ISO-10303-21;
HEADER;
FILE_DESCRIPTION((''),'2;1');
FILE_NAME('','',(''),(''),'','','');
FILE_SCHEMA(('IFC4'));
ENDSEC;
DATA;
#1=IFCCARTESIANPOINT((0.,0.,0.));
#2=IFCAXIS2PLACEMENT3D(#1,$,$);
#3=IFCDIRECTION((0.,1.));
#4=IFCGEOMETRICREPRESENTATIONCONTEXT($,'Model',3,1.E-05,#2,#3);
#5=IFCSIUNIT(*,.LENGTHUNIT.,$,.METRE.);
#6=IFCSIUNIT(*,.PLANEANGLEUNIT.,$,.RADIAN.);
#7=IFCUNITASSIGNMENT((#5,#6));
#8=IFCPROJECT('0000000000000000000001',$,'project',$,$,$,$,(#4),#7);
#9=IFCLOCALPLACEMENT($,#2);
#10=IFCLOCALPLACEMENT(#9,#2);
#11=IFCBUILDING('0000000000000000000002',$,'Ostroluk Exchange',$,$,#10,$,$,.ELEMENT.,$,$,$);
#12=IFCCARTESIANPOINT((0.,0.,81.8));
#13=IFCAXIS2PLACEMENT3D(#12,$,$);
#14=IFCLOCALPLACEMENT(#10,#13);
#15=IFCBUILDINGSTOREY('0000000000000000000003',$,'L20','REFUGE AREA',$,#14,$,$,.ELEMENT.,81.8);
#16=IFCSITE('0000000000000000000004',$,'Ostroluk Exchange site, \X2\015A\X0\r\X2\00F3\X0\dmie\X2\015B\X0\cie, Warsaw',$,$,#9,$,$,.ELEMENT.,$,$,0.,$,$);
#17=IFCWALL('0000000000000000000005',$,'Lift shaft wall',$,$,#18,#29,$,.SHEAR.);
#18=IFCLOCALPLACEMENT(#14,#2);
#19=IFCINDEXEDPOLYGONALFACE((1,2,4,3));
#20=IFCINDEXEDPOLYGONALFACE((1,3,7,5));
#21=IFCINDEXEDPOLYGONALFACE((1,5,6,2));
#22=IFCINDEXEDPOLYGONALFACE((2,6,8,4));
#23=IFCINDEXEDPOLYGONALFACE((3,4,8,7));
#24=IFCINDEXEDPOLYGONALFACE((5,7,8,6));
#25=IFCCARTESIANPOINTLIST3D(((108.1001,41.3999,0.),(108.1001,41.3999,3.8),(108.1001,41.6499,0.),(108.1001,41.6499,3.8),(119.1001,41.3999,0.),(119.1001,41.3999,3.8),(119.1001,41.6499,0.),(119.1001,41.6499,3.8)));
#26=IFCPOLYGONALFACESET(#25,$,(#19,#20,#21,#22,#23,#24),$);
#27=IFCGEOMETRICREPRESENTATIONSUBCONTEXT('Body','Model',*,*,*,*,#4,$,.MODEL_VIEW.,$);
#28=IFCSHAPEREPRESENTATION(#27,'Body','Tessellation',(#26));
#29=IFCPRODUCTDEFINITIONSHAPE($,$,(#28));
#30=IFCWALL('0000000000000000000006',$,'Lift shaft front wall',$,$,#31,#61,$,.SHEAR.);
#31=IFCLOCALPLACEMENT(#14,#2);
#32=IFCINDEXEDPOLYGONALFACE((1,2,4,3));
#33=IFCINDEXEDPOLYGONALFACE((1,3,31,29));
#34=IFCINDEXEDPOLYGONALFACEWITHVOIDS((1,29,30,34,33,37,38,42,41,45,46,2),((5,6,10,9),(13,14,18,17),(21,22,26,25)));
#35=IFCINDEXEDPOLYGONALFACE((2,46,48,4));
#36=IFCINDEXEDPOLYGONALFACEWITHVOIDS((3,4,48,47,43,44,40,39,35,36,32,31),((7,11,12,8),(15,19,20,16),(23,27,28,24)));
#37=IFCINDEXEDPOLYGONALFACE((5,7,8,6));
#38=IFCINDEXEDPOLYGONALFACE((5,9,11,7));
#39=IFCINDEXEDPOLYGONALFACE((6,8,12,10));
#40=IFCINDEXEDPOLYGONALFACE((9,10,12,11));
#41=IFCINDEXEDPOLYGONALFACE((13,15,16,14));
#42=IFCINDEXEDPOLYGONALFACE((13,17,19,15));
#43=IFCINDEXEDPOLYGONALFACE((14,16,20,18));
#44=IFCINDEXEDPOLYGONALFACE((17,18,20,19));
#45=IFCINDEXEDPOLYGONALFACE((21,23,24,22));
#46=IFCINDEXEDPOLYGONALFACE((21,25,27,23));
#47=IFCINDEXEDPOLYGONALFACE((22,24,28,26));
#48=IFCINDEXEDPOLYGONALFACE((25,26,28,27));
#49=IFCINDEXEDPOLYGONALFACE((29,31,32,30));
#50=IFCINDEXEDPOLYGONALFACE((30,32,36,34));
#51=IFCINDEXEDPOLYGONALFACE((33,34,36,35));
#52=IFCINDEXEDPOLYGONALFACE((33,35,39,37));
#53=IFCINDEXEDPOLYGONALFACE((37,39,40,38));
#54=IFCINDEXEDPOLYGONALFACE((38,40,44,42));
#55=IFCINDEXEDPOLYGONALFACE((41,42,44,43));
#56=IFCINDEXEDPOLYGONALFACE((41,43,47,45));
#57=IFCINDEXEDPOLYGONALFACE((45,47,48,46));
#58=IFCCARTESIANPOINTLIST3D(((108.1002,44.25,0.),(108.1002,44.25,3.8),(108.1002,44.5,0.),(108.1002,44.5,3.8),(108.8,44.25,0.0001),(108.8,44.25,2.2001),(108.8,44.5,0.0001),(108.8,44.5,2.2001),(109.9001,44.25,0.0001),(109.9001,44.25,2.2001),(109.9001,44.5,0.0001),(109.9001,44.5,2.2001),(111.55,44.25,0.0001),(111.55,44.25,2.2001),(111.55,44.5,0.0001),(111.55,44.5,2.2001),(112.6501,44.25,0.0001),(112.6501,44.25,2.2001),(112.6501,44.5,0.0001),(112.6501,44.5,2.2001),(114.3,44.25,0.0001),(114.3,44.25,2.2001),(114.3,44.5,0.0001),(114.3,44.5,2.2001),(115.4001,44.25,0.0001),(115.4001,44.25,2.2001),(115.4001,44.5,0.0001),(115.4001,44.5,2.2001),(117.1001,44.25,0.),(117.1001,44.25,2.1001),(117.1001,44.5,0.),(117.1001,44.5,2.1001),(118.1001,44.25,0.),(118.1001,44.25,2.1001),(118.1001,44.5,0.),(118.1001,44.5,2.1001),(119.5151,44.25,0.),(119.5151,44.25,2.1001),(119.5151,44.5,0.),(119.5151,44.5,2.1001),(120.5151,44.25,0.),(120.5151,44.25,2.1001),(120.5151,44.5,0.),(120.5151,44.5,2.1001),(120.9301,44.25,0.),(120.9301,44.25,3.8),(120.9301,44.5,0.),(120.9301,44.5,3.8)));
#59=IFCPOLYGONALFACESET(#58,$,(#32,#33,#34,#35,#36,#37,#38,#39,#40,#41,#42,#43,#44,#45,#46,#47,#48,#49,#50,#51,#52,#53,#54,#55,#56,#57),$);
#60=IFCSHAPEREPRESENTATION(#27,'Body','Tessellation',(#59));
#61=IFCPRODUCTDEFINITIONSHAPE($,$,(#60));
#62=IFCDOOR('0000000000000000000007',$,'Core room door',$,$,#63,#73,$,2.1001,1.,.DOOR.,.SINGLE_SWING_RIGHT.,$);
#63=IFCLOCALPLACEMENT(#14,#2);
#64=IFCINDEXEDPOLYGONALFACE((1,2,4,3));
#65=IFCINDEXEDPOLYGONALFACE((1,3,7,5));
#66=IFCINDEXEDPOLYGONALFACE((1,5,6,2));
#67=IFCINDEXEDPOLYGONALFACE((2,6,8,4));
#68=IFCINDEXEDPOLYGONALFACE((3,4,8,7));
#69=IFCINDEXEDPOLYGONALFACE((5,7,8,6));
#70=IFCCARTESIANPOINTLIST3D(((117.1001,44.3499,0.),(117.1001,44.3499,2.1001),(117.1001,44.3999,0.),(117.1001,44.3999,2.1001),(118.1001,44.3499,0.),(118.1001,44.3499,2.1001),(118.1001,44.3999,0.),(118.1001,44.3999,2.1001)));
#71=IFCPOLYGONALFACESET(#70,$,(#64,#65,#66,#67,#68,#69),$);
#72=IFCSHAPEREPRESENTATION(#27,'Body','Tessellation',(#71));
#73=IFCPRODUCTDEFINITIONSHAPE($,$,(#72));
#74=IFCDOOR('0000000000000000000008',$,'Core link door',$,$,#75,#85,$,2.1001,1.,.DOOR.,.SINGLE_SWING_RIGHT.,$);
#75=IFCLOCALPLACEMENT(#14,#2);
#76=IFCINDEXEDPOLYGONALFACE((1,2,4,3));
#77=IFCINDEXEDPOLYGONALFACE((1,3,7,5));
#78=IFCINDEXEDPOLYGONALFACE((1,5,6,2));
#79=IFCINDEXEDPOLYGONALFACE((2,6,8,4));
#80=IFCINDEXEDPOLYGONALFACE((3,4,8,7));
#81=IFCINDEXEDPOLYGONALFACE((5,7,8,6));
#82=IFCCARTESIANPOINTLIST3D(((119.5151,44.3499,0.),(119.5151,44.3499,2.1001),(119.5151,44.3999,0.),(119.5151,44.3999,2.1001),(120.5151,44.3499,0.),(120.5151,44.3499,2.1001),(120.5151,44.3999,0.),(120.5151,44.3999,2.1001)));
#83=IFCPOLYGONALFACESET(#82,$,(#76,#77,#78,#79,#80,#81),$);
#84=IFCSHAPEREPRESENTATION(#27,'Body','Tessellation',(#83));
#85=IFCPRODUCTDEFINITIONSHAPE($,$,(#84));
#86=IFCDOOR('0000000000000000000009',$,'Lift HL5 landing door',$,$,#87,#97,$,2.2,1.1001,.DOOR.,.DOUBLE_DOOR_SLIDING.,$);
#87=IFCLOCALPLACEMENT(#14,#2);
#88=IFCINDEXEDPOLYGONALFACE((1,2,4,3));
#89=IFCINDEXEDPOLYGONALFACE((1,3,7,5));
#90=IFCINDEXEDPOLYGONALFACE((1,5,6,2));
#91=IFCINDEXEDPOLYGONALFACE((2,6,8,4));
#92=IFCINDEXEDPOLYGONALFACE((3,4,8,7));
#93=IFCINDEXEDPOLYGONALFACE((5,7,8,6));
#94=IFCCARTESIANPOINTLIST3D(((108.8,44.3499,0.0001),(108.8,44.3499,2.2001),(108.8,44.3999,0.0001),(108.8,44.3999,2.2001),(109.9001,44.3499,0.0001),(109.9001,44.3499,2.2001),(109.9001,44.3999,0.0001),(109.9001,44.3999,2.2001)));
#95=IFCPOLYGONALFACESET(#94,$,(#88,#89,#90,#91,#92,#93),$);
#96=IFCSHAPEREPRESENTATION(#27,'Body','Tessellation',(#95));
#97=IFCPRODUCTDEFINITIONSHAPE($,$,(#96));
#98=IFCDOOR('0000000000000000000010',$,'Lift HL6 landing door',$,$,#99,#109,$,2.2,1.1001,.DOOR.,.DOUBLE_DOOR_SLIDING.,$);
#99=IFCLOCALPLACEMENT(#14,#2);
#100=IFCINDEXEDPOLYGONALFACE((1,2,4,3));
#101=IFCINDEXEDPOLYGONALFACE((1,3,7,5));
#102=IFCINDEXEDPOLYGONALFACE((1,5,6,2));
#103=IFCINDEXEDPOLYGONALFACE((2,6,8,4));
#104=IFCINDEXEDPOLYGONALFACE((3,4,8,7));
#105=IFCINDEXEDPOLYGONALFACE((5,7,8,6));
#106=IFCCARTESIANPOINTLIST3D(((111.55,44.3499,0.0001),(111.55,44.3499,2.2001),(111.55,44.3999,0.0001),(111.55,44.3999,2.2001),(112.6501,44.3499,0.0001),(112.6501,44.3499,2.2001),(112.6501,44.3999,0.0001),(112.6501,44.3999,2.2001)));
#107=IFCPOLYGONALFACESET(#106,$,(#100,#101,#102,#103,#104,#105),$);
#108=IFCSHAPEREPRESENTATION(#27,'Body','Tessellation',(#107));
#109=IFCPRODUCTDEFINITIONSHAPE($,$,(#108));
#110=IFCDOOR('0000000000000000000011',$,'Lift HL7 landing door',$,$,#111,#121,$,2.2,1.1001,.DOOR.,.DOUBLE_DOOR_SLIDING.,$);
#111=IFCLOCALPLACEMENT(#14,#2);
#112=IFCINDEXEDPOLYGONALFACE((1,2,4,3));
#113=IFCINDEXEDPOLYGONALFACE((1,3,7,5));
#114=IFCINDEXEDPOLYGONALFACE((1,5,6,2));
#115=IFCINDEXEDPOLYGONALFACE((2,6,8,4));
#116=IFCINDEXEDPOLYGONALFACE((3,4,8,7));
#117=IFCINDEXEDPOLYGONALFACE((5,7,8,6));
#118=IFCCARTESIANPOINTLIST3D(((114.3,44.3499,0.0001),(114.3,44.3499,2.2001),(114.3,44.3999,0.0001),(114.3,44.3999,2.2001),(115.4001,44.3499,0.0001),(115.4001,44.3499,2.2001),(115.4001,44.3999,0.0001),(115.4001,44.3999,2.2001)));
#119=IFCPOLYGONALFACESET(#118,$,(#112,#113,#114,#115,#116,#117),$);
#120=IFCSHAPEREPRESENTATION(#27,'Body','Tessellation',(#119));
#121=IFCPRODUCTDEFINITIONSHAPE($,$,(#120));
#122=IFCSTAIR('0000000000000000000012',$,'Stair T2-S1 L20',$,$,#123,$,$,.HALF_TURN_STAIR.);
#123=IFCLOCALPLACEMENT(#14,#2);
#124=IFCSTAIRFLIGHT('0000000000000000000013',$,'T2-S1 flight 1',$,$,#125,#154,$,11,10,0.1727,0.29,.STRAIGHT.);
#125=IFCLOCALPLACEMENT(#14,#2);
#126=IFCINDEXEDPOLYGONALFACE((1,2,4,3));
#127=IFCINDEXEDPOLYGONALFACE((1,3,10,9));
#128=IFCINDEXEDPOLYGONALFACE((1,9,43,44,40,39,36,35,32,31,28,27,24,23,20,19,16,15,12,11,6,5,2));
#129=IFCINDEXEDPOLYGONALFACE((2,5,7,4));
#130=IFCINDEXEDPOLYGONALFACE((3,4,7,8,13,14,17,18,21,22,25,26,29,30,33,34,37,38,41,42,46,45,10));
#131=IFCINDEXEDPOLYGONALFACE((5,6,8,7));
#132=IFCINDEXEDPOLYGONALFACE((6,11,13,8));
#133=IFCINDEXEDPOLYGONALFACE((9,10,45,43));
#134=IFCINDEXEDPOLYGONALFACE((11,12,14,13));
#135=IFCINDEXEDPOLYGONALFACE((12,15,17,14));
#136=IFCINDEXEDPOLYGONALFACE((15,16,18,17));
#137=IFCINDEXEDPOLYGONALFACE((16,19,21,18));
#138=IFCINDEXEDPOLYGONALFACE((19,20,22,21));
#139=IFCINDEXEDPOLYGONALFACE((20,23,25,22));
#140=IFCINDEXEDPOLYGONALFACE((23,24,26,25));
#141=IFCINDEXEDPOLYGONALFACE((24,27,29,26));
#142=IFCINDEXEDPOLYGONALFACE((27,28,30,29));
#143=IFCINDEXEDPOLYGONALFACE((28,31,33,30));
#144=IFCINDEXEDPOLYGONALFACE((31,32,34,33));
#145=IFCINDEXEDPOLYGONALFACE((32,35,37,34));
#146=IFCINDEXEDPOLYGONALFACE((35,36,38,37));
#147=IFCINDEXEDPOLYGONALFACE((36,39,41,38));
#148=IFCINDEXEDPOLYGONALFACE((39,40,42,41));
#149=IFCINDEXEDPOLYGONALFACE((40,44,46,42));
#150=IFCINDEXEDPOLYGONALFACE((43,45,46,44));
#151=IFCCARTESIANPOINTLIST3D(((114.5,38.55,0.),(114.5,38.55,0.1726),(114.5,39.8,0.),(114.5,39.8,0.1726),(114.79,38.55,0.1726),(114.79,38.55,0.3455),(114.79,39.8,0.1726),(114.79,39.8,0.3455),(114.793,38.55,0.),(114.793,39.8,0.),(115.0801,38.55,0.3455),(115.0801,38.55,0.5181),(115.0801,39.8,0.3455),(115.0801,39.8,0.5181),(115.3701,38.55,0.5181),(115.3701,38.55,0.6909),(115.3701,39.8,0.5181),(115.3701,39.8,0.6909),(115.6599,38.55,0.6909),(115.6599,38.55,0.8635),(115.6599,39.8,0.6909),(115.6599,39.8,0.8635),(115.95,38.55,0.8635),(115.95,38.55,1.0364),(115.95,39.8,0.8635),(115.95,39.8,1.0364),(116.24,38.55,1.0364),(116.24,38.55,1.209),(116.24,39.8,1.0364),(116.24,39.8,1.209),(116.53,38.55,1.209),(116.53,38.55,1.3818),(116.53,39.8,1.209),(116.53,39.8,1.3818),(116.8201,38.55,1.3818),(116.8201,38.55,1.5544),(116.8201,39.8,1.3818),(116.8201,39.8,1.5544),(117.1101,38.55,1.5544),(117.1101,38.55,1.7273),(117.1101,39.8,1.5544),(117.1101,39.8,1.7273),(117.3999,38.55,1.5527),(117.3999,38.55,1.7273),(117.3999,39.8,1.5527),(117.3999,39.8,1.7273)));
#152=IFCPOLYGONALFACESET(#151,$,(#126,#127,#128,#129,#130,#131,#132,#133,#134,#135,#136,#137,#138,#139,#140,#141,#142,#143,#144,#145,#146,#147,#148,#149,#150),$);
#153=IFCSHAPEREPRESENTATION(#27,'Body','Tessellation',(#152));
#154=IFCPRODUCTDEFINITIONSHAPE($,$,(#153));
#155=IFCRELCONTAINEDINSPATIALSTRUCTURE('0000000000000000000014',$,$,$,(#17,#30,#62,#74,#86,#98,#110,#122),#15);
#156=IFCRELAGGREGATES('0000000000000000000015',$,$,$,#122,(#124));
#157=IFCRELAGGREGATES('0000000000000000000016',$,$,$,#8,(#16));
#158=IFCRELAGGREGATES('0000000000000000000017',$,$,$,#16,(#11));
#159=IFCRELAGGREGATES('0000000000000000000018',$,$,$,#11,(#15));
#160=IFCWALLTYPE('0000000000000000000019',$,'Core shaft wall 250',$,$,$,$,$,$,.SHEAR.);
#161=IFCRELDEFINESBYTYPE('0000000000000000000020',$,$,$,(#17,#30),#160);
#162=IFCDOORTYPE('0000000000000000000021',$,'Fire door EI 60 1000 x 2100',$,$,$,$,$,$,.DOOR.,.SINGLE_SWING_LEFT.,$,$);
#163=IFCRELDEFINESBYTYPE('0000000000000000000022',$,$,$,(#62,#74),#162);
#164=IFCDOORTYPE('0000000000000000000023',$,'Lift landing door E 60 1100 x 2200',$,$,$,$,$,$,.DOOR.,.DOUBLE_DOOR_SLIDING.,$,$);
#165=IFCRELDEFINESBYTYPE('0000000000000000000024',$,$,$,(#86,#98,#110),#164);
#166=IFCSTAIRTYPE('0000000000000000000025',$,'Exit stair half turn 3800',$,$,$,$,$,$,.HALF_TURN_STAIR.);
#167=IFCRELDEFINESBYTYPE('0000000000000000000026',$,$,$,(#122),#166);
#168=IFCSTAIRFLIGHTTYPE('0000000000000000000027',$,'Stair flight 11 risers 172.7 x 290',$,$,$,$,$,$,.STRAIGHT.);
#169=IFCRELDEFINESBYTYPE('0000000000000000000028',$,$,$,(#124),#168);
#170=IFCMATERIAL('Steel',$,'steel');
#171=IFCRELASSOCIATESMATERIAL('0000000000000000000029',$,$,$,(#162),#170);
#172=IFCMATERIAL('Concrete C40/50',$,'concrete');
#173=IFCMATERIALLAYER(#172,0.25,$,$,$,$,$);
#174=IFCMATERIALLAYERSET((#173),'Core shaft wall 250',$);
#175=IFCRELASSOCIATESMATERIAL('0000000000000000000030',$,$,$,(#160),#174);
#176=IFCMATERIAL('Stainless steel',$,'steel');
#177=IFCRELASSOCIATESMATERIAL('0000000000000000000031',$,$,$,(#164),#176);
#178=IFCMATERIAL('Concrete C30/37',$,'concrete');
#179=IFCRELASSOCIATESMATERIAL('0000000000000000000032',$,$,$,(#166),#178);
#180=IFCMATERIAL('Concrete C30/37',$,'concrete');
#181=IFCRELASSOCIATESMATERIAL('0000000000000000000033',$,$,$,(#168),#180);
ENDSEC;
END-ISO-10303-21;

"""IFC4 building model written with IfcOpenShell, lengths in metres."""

from ifc_helpers import new_model, si_unit, direction, frame, frame_2d, origin, place, context, subcontext, project, spatial, polyline, rectangle, outline, extrude, material, layer, layer_set, type_object, element, fill, aggregate, save


model = new_model("IFC4")

# Units and contexts
model_context = context("Model", 3, precision=1e-05, world=origin(), true_north=direction((0.0, 1.0)))
body_context = subcontext(model_context, "Body", "Model", "MODEL_VIEW")
ifc_project = project(units=[si_unit("LENGTHUNIT", "METRE"), si_unit("PLANEANGLEUNIT", "RADIAN")], contexts=[model_context])

# Site, building, storey
site_placement = place(None, origin())
site = spatial("IfcSite", under=ifc_project, at=site_placement, Name="Ostroluk Exchange site, Śródmieście, Warsaw", CompositionType="ELEMENT", RefElevation=0.0)
building_placement = place(site_placement, origin())
building = spatial("IfcBuilding", under=site, at=building_placement, Name="Ostroluk Exchange", CompositionType="ELEMENT")
storey_placement = place(building_placement, frame((0.0, 0.0, 81.8)))
storey = spatial("IfcBuildingStorey", under=building, at=storey_placement, Name="L20", Description="REFUGE AREA", CompositionType="ELEMENT", Elevation=81.8)

# Shared definitions
ifc_material_1 = material(Name="Steel", Category="steel")
door_type_1 = type_object("IfcDoorType", Name="Fire door EI 60 1000 x 2100", OperationType="SINGLE_SWING_LEFT", PredefinedType="DOOR", material=ifc_material_1)
ifc_material_2 = material(Name="Concrete C40/50", Category="concrete")
ifc_layer_1 = layer(ifc_material_2, 0.25)
ifc_layer_set_1 = layer_set([ifc_layer_1], Name="Core shaft wall 250")
wall_type_1 = type_object("IfcWallType", Name="Core shaft wall 250", PredefinedType="SHEAR", material=ifc_layer_set_1)

# Wall
wall_1_placement = place(storey_placement, frame((108.1001, 41.5249, 0.0), z_axis=(0.0, 0.0, 1.0), x_axis=(1.0, 0.0, 0.0)))
element("IfcWall", 1, at=wall_1_placement, inside=storey, type_object=wall_type_1, Name="Lift shaft wall", PredefinedType="SHEAR", context=body_context, shape_type="SweptSolid", body=[
    extrude(rectangle(XDim=11.0, YDim=0.25, at=frame_2d((5.5, 0.0))), origin(), (0.0, 0.0, 1.0), 3.8),
])

# Wall, openings, doors
wall_2_placement = place(storey_placement, frame((108.1001, 44.375, 0.0), z_axis=(0.0, 0.0, 1.0), x_axis=(1.0, 0.0, 0.0)))
wall_2 = element("IfcWall", 2, at=wall_2_placement, inside=storey, type_object=wall_type_1, Name="Lift shaft front wall", PredefinedType="SHEAR", context=body_context, shape_type="SweptSolid", body=[
    extrude(rectangle(XDim=12.8298, YDim=0.25, at=frame_2d((6.415, 0.0))), origin(), (0.0, 0.0, 1.0), 3.8),
])
opening_1_placement = place(wall_2_placement, frame((0.7, 0.0, 0.0)))
opening_1 = element("IfcOpeningElement", 3, at=opening_1_placement, cuts=wall_2, PredefinedType="OPENING", context=body_context, shape_type="SweptSolid", body=[
    extrude(rectangle(XDim=1.1001, YDim=2.2, at=frame_2d((0.55, 1.1001))), frame((0.0, 0.135, 0.0), z_axis=(0.0, -1.0, 0.0), x_axis=(1.0, 0.0, 0.0)), (0.0, 0.0, 1.0), 0.27),
])
opening_2_placement = place(wall_2_placement, frame((3.45, 0.0, 0.0)))
opening_2 = element("IfcOpeningElement", 4, at=opening_2_placement, cuts=wall_2, PredefinedType="OPENING", context=body_context, shape_type="SweptSolid", body=[
    extrude(rectangle(XDim=1.1001, YDim=2.2, at=frame_2d((0.55, 1.1001))), frame((0.0, 0.135, 0.0), z_axis=(0.0, -1.0, 0.0), x_axis=(1.0, 0.0, 0.0)), (0.0, 0.0, 1.0), 0.27),
])
opening_3_placement = place(wall_2_placement, frame((6.2, 0.0, 0.0)))
opening_3 = element("IfcOpeningElement", 5, at=opening_3_placement, cuts=wall_2, PredefinedType="OPENING", context=body_context, shape_type="SweptSolid", body=[
    extrude(rectangle(XDim=1.1001, YDim=2.2, at=frame_2d((0.55, 1.1001))), frame((0.0, 0.135, 0.0), z_axis=(0.0, -1.0, 0.0), x_axis=(1.0, 0.0, 0.0)), (0.0, 0.0, 1.0), 0.27),
])
opening_4_placement = place(wall_2_placement, frame((9.0, 0.0, 0.0)))
opening_4 = element("IfcOpeningElement", 6, at=opening_4_placement, cuts=wall_2, PredefinedType="OPENING", context=body_context, shape_type="SweptSolid", body=[
    extrude(rectangle(XDim=1.0, YDim=2.1001, at=frame_2d((0.5, 1.05))), frame((0.0, 0.135, 0.0), z_axis=(0.0, -1.0, 0.0), x_axis=(1.0, 0.0, 0.0)), (0.0, 0.0, 1.0), 0.27),
])
opening_5_placement = place(wall_2_placement, frame((11.415, 0.0, 0.0)))
opening_5 = element("IfcOpeningElement", 7, at=opening_5_placement, cuts=wall_2, PredefinedType="OPENING", context=body_context, shape_type="SweptSolid", body=[
    extrude(rectangle(XDim=1.0, YDim=2.1001, at=frame_2d((0.5, 1.05))), frame((0.0, 0.135, 0.0), z_axis=(0.0, -1.0, 0.0), x_axis=(1.0, 0.0, 0.0)), (0.0, 0.0, 1.0), 0.27),
])
door_1_placement = place(opening_4_placement, origin())
door_1 = element("IfcDoor", 8, at=door_1_placement, inside=storey, type_object=door_type_1, Name="Core room door", OperationType="SINGLE_SWING_RIGHT", OverallHeight=2.1001, OverallWidth=1.0, PredefinedType="DOOR", context=body_context, shape_type="SweptSolid", body=[
    extrude(rectangle(XDim=1.0, YDim=2.1001, at=frame_2d((0.5, 1.05))), frame((0.0, 0.0249, 0.0), z_axis=(0.0, -1.0, 0.0), x_axis=(1.0, 0.0, 0.0)), (0.0, 0.0, 1.0), 0.05),
])
fill(opening_4, door_1)
door_2_placement = place(opening_5_placement, origin())
door_2 = element("IfcDoor", 9, at=door_2_placement, inside=storey, type_object=door_type_1, Name="Core link door", OperationType="SINGLE_SWING_RIGHT", OverallHeight=2.1001, OverallWidth=1.0, PredefinedType="DOOR", context=body_context, shape_type="SweptSolid", body=[
    extrude(rectangle(XDim=1.0, YDim=2.1001, at=frame_2d((0.5, 1.05))), frame((0.0, 0.0249, 0.0), z_axis=(0.0, -1.0, 0.0), x_axis=(1.0, 0.0, 0.0)), (0.0, 0.0, 1.0), 0.05),
])
fill(opening_5, door_2)
ifc_material_3 = material(Name="Stainless steel", Category="steel")
door_type_2 = type_object("IfcDoorType", Name="Lift landing door E 60 1100 x 2200", OperationType="DOUBLE_DOOR_SLIDING", PredefinedType="DOOR", material=ifc_material_3)
door_3_placement = place(opening_1_placement, origin())
door_3 = element("IfcDoor", 10, at=door_3_placement, inside=storey, type_object=door_type_2, Name="Lift HL5 landing door", OperationType="DOUBLE_DOOR_SLIDING", OverallHeight=2.2, OverallWidth=1.1001, PredefinedType="DOOR", context=body_context, shape_type="SweptSolid", body=[
    extrude(rectangle(XDim=1.1001, YDim=2.2, at=frame_2d((0.55, 1.1001))), frame((0.0, 0.0249, 0.0), z_axis=(0.0, -1.0, 0.0), x_axis=(1.0, 0.0, 0.0)), (0.0, 0.0, 1.0), 0.05),
])
fill(opening_1, door_3)
door_4_placement = place(opening_2_placement, origin())
door_4 = element("IfcDoor", 11, at=door_4_placement, inside=storey, type_object=door_type_2, Name="Lift HL6 landing door", OperationType="DOUBLE_DOOR_SLIDING", OverallHeight=2.2, OverallWidth=1.1001, PredefinedType="DOOR", context=body_context, shape_type="SweptSolid", body=[
    extrude(rectangle(XDim=1.1001, YDim=2.2, at=frame_2d((0.55, 1.1001))), frame((0.0, 0.0249, 0.0), z_axis=(0.0, -1.0, 0.0), x_axis=(1.0, 0.0, 0.0)), (0.0, 0.0, 1.0), 0.05),
])
fill(opening_2, door_4)
door_5_placement = place(opening_3_placement, origin())
door_5 = element("IfcDoor", 12, at=door_5_placement, inside=storey, type_object=door_type_2, Name="Lift HL7 landing door", OperationType="DOUBLE_DOOR_SLIDING", OverallHeight=2.2, OverallWidth=1.1001, PredefinedType="DOOR", context=body_context, shape_type="SweptSolid", body=[
    extrude(rectangle(XDim=1.1001, YDim=2.2, at=frame_2d((0.55, 1.1001))), frame((0.0, 0.0249, 0.0), z_axis=(0.0, -1.0, 0.0), x_axis=(1.0, 0.0, 0.0)), (0.0, 0.0, 1.0), 0.05),
])
fill(opening_3, door_5)

# Stair, stair flight
ifc_material_4 = material(Name="Concrete C30/37", Category="concrete")
stair_type = type_object("IfcStairType", Name="Exit stair half turn 3800", PredefinedType="HALF_TURN_STAIR", material=ifc_material_4)
stair_placement = place(storey_placement, origin())
stair = element("IfcStair", 13, at=stair_placement, inside=storey, type_object=stair_type, Name="Stair T2-S1 L20", PredefinedType="HALF_TURN_STAIR")
ifc_material_5 = material(Name="Concrete C30/37", Category="concrete")
stair_flight_type = type_object("IfcStairFlightType", Name="Stair flight 11 risers 172.7 x 290", PredefinedType="STRAIGHT", material=ifc_material_5)
stair_flight_placement = place(storey_placement, frame((114.5, 39.175, 0.0), z_axis=(0.0, 0.0, 1.0), x_axis=(1.0, 0.0, 0.0)))
stair_flight = element("IfcStairFlight", 14, at=stair_flight_placement, type_object=stair_flight_type, Name="T2-S1 flight 1", NumberOfRisers=11, NumberOfTreads=10, PredefinedType="STRAIGHT", RiserHeight=0.1727, TreadLength=0.29, context=body_context, shape_type="SweptSolid", body=[
    extrude(outline(polyline([(0.0, 0.0), (0.0, 0.1726), (0.29, 0.1726), (0.29, 0.3455), (0.5801, 0.3455), (0.5801, 0.5181), (0.8701, 0.5181), (0.8701, 0.6909), (1.1599, 0.6909), (1.1599, 0.8635), (1.45, 0.8635), (1.45, 1.0364), (1.74, 1.0364), (1.74, 1.209), (2.03, 1.209), (2.03, 1.3818), (2.3201, 1.3818), (2.3201, 1.5544), (2.6101, 1.5544), (2.6101, 1.7273), (2.8999, 1.7273), (2.8999, 1.8999), (2.8999, 1.5527), (0.293, 0.0), (0.0, 0.0)])), frame((0.0, 0.625, 0.0), z_axis=(0.0, -1.0, 0.0), x_axis=(1.0, 0.0, 0.0)), (0.0, 0.0, 1.0), 1.25),
])
aggregate(stair, [stair_flight])

save(model, "model.ifc")
